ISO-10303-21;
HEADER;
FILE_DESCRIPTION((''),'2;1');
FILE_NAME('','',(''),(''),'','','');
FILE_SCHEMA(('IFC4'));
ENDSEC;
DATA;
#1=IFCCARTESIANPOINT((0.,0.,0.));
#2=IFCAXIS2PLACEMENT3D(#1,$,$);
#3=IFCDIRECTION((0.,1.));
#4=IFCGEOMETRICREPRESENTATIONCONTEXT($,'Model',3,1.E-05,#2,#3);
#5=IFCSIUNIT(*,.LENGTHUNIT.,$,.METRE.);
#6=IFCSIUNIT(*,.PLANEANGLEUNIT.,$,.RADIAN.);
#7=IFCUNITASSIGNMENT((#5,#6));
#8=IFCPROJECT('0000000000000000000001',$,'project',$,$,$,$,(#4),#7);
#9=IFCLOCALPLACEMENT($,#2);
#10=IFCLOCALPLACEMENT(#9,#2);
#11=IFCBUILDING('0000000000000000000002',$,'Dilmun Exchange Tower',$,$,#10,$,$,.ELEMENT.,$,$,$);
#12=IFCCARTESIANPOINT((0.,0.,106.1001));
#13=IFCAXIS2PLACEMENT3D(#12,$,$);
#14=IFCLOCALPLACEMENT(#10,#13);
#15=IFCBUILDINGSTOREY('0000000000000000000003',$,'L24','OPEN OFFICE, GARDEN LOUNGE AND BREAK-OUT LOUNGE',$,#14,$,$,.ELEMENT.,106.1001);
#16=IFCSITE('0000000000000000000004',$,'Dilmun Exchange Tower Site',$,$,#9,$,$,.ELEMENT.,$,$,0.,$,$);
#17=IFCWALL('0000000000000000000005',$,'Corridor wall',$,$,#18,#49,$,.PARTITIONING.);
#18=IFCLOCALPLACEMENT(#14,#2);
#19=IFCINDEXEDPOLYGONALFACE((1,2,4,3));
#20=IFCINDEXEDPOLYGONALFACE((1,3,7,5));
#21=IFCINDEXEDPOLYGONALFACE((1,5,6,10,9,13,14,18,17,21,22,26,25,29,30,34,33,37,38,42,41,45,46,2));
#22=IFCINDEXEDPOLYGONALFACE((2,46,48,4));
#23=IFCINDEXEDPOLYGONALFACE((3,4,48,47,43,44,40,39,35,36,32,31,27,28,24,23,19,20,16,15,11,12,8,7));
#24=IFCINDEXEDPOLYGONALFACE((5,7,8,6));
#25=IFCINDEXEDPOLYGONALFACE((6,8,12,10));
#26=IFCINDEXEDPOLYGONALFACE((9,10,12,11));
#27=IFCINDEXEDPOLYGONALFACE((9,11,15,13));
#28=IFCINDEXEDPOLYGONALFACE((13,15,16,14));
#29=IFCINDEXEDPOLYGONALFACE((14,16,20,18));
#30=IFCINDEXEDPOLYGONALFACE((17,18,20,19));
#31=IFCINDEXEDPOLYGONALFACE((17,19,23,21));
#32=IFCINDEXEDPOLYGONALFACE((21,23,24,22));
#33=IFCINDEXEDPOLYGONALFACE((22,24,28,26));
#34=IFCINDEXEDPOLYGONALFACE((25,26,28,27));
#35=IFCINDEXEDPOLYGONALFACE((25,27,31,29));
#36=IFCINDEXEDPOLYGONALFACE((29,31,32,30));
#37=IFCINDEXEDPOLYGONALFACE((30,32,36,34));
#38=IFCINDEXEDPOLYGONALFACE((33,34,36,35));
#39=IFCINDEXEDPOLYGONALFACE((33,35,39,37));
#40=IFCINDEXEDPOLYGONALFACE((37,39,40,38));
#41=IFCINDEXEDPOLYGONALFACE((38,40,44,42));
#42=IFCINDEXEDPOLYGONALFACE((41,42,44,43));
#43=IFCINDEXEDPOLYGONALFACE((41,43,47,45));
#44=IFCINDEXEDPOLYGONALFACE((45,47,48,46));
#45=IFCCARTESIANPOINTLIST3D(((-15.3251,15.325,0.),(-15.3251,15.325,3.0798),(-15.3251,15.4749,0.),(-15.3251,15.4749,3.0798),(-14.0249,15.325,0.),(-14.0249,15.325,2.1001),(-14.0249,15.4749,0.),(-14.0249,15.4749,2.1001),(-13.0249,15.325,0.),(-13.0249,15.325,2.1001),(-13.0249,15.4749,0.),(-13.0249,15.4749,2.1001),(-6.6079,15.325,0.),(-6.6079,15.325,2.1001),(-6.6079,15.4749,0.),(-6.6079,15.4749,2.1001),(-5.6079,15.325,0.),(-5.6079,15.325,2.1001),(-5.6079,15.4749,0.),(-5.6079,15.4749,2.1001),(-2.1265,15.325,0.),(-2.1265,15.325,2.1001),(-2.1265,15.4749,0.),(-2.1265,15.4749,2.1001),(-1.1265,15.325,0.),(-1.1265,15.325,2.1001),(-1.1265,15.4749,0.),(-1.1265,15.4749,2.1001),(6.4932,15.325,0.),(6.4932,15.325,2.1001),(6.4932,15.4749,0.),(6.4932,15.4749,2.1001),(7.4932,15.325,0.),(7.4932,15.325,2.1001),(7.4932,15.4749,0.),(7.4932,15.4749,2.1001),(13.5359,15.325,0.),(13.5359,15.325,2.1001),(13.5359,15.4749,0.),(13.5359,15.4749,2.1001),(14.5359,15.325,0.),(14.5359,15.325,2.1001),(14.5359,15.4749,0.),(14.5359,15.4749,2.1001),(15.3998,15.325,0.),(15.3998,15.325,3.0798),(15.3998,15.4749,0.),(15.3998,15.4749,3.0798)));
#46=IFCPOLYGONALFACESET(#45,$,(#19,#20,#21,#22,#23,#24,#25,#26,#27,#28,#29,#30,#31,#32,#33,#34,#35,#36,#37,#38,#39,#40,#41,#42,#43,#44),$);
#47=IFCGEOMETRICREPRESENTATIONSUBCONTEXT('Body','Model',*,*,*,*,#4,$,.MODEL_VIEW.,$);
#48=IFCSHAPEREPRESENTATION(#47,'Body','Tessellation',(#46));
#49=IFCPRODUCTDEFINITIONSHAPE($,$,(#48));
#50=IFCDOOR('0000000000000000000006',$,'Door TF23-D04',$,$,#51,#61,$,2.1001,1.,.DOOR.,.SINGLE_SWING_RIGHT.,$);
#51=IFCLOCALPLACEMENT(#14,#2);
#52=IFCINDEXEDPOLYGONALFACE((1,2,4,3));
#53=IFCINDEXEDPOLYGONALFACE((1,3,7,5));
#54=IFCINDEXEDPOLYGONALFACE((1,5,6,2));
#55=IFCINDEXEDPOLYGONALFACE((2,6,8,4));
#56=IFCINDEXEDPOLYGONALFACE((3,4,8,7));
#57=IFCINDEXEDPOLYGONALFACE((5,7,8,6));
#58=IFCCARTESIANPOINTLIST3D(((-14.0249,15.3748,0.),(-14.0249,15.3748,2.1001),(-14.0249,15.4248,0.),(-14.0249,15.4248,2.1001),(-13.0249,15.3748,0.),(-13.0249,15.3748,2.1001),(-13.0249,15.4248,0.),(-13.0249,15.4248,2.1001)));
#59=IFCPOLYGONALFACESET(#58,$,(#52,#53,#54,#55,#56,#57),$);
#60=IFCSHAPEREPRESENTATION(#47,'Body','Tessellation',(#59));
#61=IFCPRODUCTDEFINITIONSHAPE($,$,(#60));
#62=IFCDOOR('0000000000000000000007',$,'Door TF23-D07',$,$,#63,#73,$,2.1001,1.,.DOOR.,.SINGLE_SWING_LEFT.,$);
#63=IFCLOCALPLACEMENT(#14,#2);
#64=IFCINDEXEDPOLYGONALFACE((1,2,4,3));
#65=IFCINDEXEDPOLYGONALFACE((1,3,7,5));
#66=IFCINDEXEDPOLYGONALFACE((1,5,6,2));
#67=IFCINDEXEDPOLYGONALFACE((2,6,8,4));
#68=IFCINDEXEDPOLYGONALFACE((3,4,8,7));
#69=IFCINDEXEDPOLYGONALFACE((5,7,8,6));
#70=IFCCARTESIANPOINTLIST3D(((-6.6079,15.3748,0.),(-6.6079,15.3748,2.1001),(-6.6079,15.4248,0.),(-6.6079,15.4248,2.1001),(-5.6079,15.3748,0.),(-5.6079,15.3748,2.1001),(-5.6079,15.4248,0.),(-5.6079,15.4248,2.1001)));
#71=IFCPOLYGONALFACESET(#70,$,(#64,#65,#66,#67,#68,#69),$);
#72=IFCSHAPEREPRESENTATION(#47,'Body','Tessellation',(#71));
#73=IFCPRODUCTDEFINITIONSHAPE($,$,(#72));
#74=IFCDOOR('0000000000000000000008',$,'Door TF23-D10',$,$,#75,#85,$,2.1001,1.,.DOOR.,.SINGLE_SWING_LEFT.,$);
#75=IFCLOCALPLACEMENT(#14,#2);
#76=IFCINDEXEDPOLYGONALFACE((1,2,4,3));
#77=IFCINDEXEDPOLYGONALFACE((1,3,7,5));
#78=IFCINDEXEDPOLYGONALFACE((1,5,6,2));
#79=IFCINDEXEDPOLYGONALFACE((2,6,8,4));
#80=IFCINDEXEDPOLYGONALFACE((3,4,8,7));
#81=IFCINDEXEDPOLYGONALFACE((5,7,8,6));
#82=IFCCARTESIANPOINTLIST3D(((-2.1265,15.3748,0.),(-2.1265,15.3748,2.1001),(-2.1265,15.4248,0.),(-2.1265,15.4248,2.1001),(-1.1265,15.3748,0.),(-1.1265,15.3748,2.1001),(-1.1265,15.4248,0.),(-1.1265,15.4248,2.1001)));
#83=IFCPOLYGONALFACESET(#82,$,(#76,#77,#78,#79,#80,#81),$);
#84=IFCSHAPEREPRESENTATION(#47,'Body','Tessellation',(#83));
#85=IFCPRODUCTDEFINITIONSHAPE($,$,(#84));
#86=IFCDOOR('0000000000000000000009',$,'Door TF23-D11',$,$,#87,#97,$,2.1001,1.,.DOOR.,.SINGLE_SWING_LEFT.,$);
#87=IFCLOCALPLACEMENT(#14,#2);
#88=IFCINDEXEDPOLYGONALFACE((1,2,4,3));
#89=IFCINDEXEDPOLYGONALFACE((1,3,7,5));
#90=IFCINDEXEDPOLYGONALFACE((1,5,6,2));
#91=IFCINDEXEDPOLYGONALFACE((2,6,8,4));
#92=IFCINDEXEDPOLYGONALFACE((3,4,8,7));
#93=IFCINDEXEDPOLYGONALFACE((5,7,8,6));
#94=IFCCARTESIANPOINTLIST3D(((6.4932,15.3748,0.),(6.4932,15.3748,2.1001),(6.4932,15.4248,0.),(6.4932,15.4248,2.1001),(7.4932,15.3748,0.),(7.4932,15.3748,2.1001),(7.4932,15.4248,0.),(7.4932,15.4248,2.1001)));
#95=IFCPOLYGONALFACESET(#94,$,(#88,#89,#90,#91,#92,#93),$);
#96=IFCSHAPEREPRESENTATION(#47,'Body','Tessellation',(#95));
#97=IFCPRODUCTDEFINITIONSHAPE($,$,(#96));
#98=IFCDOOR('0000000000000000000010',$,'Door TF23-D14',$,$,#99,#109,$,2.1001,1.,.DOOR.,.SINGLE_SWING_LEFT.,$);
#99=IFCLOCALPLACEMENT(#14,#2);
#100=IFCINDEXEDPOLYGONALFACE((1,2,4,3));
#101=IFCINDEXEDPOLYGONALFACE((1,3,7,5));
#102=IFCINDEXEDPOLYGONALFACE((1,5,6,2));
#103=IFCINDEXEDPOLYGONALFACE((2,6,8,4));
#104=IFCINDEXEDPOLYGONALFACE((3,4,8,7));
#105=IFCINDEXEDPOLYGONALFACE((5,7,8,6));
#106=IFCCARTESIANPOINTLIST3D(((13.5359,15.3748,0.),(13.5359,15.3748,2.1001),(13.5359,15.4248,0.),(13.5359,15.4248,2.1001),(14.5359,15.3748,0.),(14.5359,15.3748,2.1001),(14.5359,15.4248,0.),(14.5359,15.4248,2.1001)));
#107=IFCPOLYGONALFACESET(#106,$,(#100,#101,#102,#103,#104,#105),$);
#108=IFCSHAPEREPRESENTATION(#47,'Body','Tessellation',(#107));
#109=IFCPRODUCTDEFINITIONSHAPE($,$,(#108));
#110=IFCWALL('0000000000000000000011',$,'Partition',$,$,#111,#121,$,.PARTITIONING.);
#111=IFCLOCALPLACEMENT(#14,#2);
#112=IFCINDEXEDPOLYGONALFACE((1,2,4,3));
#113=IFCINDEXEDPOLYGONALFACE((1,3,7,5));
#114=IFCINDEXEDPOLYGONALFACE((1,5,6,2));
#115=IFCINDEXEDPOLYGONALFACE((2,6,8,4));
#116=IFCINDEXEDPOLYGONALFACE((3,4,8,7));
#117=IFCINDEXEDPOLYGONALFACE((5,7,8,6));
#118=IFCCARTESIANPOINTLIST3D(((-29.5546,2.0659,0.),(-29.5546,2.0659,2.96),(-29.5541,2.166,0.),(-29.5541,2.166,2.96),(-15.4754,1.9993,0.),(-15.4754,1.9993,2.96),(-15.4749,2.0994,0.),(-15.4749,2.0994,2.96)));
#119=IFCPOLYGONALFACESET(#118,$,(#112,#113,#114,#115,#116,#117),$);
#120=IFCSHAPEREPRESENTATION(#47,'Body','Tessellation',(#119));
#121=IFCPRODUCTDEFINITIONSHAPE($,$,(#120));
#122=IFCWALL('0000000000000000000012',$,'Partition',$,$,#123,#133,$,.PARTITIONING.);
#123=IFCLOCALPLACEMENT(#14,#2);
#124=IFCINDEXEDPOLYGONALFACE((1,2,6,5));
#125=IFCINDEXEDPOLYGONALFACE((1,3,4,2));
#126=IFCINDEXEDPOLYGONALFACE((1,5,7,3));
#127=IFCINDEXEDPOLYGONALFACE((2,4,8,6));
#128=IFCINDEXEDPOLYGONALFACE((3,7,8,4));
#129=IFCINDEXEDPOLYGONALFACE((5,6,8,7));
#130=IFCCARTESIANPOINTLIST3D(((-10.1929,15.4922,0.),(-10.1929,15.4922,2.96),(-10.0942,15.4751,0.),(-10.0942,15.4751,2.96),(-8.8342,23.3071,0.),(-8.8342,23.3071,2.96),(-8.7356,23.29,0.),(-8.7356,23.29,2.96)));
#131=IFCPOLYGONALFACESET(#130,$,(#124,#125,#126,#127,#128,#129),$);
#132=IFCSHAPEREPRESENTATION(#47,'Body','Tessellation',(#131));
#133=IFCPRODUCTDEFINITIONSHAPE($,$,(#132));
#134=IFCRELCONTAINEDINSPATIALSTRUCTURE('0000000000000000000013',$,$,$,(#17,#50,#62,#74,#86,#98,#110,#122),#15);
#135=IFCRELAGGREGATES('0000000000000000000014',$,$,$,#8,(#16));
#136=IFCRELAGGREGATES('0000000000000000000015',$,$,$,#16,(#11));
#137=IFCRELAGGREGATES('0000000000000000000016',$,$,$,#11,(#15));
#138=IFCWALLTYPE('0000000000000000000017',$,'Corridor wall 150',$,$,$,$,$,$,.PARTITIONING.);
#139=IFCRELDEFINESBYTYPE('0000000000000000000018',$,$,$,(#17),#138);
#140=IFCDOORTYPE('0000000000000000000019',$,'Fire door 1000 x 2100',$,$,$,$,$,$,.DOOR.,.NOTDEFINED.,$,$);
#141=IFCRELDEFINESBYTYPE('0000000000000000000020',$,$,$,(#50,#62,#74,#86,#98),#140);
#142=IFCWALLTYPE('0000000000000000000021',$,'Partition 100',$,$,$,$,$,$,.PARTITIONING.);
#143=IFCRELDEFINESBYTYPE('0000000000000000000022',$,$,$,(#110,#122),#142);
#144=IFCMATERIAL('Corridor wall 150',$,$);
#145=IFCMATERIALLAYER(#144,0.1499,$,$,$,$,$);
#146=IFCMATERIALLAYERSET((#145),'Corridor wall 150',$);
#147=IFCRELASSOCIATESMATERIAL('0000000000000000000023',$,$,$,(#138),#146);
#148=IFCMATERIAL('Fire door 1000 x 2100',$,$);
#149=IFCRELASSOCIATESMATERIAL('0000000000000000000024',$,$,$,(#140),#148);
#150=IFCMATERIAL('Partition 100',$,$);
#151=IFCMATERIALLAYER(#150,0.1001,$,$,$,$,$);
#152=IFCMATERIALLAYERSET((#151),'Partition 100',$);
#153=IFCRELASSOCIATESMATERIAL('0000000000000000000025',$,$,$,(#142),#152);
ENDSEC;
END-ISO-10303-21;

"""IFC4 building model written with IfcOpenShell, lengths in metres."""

from ifc_helpers import new_model, si_unit, direction, frame, frame_2d, origin, place, context, subcontext, project, spatial, rectangle, extrude, material, layer, layer_set, type_object, element, fill, save


model = new_model("IFC4")

# Units and contexts
model_context = context("Model", 3, precision=1e-05, world=origin(), true_north=direction((0.0, 1.0)))
body_context = subcontext(model_context, "Body", "Model", "MODEL_VIEW")
ifc_project = project(units=[si_unit("LENGTHUNIT", "METRE"), si_unit("PLANEANGLEUNIT", "RADIAN")], contexts=[model_context])

# Site, building, storey
site_placement = place(None, origin())
site = spatial("IfcSite", under=ifc_project, at=site_placement, Name="Dilmun Exchange Tower Site", CompositionType="ELEMENT", RefElevation=0.0)
building_placement = place(site_placement, origin())
building = spatial("IfcBuilding", under=site, at=building_placement, Name="Dilmun Exchange Tower", CompositionType="ELEMENT")
storey_placement = place(building_placement, frame((0.0, 0.0, 106.1001)))
storey = spatial("IfcBuildingStorey", under=building, at=storey_placement, Name="L24", Description="OPEN OFFICE, GARDEN LOUNGE AND BREAK-OUT LOUNGE", CompositionType="ELEMENT", Elevation=106.1001)

# Wall, openings, doors
ifc_material_1 = material(Name="Corridor wall 150")
ifc_layer_1 = layer(ifc_material_1, 0.1499)
ifc_layer_set_1 = layer_set([ifc_layer_1], Name="Corridor wall 150")
wall_type_1 = type_object("IfcWallType", Name="Corridor wall 150", PredefinedType="PARTITIONING", material=ifc_layer_set_1)
wall_1_placement = place(storey_placement, frame((-15.325, 15.3999, 0.0), z_axis=(0.0, 0.0, 1.0), x_axis=(1.0, 0.0, 0.0)))
wall_1 = element("IfcWall", 1, at=wall_1_placement, inside=storey, type_object=wall_type_1, Name="Corridor wall", PredefinedType="PARTITIONING", context=body_context, shape_type="SweptSolid", body=[
    extrude(rectangle(XDim=30.7249, YDim=0.1499, at=frame_2d((15.3623, 0.0))), origin(), (0.0, 0.0, 1.0), 3.0798),
])
opening_1_placement = place(wall_1_placement, frame((1.3, 0.0, 0.0)))
opening_1 = element("IfcOpeningElement", 2, at=opening_1_placement, cuts=wall_1, PredefinedType="OPENING", context=body_context, shape_type="SweptSolid", body=[
    extrude(rectangle(XDim=1.0, YDim=2.1001, at=frame_2d((0.5, 1.05))), frame((0.0, 0.085, 0.0), z_axis=(0.0, -1.0, 0.0), x_axis=(1.0, 0.0, 0.0)), (0.0, 0.0, 1.0), 0.1699),
])
opening_2_placement = place(wall_1_placement, frame((8.717, 0.0, 0.0)))
opening_2 = element("IfcOpeningElement", 3, at=opening_2_placement, cuts=wall_1, PredefinedType="OPENING", context=body_context, shape_type="SweptSolid", body=[
    extrude(rectangle(XDim=1.0, YDim=2.1001, at=frame_2d((0.5, 1.05))), frame((0.0, 0.085, 0.0), z_axis=(0.0, -1.0, 0.0), x_axis=(1.0, 0.0, 0.0)), (0.0, 0.0, 1.0), 0.1699),
])
opening_3_placement = place(wall_1_placement, frame((13.1985, 0.0, 0.0)))
opening_3 = element("IfcOpeningElement", 4, at=opening_3_placement, cuts=wall_1, PredefinedType="OPENING", context=body_context, shape_type="SweptSolid", body=[
    extrude(rectangle(XDim=1.0, YDim=2.1001, at=frame_2d((0.5, 1.05))), frame((0.0, 0.085, 0.0), z_axis=(0.0, -1.0, 0.0), x_axis=(1.0, 0.0, 0.0)), (0.0, 0.0, 1.0), 0.1699),
])
opening_4_placement = place(wall_1_placement, frame((21.8181, 0.0, 0.0)))
opening_4 = element("IfcOpeningElement", 5, at=opening_4_placement, cuts=wall_1, PredefinedType="OPENING", context=body_context, shape_type="SweptSolid", body=[
    extrude(rectangle(XDim=1.0, YDim=2.1001, at=frame_2d((0.5, 1.05))), frame((0.0, 0.085, 0.0), z_axis=(0.0, -1.0, 0.0), x_axis=(1.0, 0.0, 0.0)), (0.0, 0.0, 1.0), 0.1699),
])
opening_5_placement = place(wall_1_placement, frame((28.8608, 0.0, 0.0)))
opening_5 = element("IfcOpeningElement", 6, at=opening_5_placement, cuts=wall_1, PredefinedType="OPENING", context=body_context, shape_type="SweptSolid", body=[
    extrude(rectangle(XDim=1.0, YDim=2.1001, at=frame_2d((0.5, 1.05))), frame((0.0, 0.085, 0.0), z_axis=(0.0, -1.0, 0.0), x_axis=(1.0, 0.0, 0.0)), (0.0, 0.0, 1.0), 0.1699),
])
ifc_material_2 = material(Name="Fire door 1000 x 2100")
door_type_1 = type_object("IfcDoorType", Name="Fire door 1000 x 2100", OperationType="NOTDEFINED", PredefinedType="DOOR", material=ifc_material_2)
door_1_placement = place(opening_1_placement, origin())
door_1 = element("IfcDoor", 7, at=door_1_placement, inside=storey, type_object=door_type_1, Name="Door TF23-D04", OperationType="SINGLE_SWING_RIGHT", OverallHeight=2.1001, OverallWidth=1.0, PredefinedType="DOOR", context=body_context, shape_type="SweptSolid", body=[
    extrude(rectangle(XDim=1.0, YDim=2.1001, at=frame_2d((0.5, 1.05))), frame((0.0, 0.0249, 0.0), z_axis=(0.0, -1.0, 0.0), x_axis=(1.0, 0.0, 0.0)), (0.0, 0.0, 1.0), 0.05),
])
fill(opening_1, door_1)
door_2_placement = place(opening_2_placement, origin())
door_2 = element("IfcDoor", 8, at=door_2_placement, inside=storey, type_object=door_type_1, Name="Door TF23-D07", OperationType="SINGLE_SWING_LEFT", OverallHeight=2.1001, OverallWidth=1.0, PredefinedType="DOOR", context=body_context, shape_type="SweptSolid", body=[
    extrude(rectangle(XDim=1.0, YDim=2.1001, at=frame_2d((0.5, 1.05))), frame((0.0, 0.0249, 0.0), z_axis=(0.0, -1.0, 0.0), x_axis=(1.0, 0.0, 0.0)), (0.0, 0.0, 1.0), 0.05),
])
fill(opening_2, door_2)
door_3_placement = place(opening_3_placement, origin())
door_3 = element("IfcDoor", 9, at=door_3_placement, inside=storey, type_object=door_type_1, Name="Door TF23-D10", OperationType="SINGLE_SWING_LEFT", OverallHeight=2.1001, OverallWidth=1.0, PredefinedType="DOOR", context=body_context, shape_type="SweptSolid", body=[
    extrude(rectangle(XDim=1.0, YDim=2.1001, at=frame_2d((0.5, 1.05))), frame((0.0, 0.0249, 0.0), z_axis=(0.0, -1.0, 0.0), x_axis=(1.0, 0.0, 0.0)), (0.0, 0.0, 1.0), 0.05),
])
fill(opening_3, door_3)
door_4_placement = place(opening_4_placement, origin())
door_4 = element("IfcDoor", 10, at=door_4_placement, inside=storey, type_object=door_type_1, Name="Door TF23-D11", OperationType="SINGLE_SWING_LEFT", OverallHeight=2.1001, OverallWidth=1.0, PredefinedType="DOOR", context=body_context, shape_type="SweptSolid", body=[
    extrude(rectangle(XDim=1.0, YDim=2.1001, at=frame_2d((0.5, 1.05))), frame((0.0, 0.0249, 0.0), z_axis=(0.0, -1.0, 0.0), x_axis=(1.0, 0.0, 0.0)), (0.0, 0.0, 1.0), 0.05),
])
fill(opening_4, door_4)
door_5_placement = place(opening_5_placement, origin())
door_5 = element("IfcDoor", 11, at=door_5_placement, inside=storey, type_object=door_type_1, Name="Door TF23-D14", OperationType="SINGLE_SWING_LEFT", OverallHeight=2.1001, OverallWidth=1.0, PredefinedType="DOOR", context=body_context, shape_type="SweptSolid", body=[
    extrude(rectangle(XDim=1.0, YDim=2.1001, at=frame_2d((0.5, 1.05))), frame((0.0, 0.0249, 0.0), z_axis=(0.0, -1.0, 0.0), x_axis=(1.0, 0.0, 0.0)), (0.0, 0.0, 1.0), 0.05),
])
fill(opening_5, door_5)

# Walls
ifc_material_3 = material(Name="Partition 100")
ifc_layer_2 = layer(ifc_material_3, 0.1001)
ifc_layer_set_2 = layer_set([ifc_layer_2], Name="Partition 100")
wall_type_2 = type_object("IfcWallType", Name="Partition 100", PredefinedType="PARTITIONING", material=ifc_layer_set_2)
wall_2_placement = place(storey_placement, frame((-29.5542, 2.116, 0.0), z_axis=(0.0, 0.0, 1.0), x_axis=(0.999989, -0.004734, 0.0)))
element("IfcWall", 12, at=wall_2_placement, inside=storey, type_object=wall_type_2, Name="Partition", PredefinedType="PARTITIONING", context=body_context, shape_type="SweptSolid", body=[
    extrude(rectangle(XDim=14.0793, YDim=0.1001, at=frame_2d((7.0396, 0.0))), origin(), (0.0, 0.0, 1.0), 2.96),
])
wall_3_placement = place(storey_placement, frame((-10.1436, 15.4836, 0.0), z_axis=(0.0, 0.0, 1.0), x_axis=(0.171283, 0.985222, 0.0)))
element("IfcWall", 13, at=wall_3_placement, inside=storey, type_object=wall_type_2, Name="Partition", PredefinedType="PARTITIONING", context=body_context, shape_type="SweptSolid", body=[
    extrude(rectangle(XDim=7.9321, YDim=0.1001, at=frame_2d((3.9661, 0.0))), origin(), (0.0, 0.0, 1.0), 2.96),
])

save(model, "model.ifc")
